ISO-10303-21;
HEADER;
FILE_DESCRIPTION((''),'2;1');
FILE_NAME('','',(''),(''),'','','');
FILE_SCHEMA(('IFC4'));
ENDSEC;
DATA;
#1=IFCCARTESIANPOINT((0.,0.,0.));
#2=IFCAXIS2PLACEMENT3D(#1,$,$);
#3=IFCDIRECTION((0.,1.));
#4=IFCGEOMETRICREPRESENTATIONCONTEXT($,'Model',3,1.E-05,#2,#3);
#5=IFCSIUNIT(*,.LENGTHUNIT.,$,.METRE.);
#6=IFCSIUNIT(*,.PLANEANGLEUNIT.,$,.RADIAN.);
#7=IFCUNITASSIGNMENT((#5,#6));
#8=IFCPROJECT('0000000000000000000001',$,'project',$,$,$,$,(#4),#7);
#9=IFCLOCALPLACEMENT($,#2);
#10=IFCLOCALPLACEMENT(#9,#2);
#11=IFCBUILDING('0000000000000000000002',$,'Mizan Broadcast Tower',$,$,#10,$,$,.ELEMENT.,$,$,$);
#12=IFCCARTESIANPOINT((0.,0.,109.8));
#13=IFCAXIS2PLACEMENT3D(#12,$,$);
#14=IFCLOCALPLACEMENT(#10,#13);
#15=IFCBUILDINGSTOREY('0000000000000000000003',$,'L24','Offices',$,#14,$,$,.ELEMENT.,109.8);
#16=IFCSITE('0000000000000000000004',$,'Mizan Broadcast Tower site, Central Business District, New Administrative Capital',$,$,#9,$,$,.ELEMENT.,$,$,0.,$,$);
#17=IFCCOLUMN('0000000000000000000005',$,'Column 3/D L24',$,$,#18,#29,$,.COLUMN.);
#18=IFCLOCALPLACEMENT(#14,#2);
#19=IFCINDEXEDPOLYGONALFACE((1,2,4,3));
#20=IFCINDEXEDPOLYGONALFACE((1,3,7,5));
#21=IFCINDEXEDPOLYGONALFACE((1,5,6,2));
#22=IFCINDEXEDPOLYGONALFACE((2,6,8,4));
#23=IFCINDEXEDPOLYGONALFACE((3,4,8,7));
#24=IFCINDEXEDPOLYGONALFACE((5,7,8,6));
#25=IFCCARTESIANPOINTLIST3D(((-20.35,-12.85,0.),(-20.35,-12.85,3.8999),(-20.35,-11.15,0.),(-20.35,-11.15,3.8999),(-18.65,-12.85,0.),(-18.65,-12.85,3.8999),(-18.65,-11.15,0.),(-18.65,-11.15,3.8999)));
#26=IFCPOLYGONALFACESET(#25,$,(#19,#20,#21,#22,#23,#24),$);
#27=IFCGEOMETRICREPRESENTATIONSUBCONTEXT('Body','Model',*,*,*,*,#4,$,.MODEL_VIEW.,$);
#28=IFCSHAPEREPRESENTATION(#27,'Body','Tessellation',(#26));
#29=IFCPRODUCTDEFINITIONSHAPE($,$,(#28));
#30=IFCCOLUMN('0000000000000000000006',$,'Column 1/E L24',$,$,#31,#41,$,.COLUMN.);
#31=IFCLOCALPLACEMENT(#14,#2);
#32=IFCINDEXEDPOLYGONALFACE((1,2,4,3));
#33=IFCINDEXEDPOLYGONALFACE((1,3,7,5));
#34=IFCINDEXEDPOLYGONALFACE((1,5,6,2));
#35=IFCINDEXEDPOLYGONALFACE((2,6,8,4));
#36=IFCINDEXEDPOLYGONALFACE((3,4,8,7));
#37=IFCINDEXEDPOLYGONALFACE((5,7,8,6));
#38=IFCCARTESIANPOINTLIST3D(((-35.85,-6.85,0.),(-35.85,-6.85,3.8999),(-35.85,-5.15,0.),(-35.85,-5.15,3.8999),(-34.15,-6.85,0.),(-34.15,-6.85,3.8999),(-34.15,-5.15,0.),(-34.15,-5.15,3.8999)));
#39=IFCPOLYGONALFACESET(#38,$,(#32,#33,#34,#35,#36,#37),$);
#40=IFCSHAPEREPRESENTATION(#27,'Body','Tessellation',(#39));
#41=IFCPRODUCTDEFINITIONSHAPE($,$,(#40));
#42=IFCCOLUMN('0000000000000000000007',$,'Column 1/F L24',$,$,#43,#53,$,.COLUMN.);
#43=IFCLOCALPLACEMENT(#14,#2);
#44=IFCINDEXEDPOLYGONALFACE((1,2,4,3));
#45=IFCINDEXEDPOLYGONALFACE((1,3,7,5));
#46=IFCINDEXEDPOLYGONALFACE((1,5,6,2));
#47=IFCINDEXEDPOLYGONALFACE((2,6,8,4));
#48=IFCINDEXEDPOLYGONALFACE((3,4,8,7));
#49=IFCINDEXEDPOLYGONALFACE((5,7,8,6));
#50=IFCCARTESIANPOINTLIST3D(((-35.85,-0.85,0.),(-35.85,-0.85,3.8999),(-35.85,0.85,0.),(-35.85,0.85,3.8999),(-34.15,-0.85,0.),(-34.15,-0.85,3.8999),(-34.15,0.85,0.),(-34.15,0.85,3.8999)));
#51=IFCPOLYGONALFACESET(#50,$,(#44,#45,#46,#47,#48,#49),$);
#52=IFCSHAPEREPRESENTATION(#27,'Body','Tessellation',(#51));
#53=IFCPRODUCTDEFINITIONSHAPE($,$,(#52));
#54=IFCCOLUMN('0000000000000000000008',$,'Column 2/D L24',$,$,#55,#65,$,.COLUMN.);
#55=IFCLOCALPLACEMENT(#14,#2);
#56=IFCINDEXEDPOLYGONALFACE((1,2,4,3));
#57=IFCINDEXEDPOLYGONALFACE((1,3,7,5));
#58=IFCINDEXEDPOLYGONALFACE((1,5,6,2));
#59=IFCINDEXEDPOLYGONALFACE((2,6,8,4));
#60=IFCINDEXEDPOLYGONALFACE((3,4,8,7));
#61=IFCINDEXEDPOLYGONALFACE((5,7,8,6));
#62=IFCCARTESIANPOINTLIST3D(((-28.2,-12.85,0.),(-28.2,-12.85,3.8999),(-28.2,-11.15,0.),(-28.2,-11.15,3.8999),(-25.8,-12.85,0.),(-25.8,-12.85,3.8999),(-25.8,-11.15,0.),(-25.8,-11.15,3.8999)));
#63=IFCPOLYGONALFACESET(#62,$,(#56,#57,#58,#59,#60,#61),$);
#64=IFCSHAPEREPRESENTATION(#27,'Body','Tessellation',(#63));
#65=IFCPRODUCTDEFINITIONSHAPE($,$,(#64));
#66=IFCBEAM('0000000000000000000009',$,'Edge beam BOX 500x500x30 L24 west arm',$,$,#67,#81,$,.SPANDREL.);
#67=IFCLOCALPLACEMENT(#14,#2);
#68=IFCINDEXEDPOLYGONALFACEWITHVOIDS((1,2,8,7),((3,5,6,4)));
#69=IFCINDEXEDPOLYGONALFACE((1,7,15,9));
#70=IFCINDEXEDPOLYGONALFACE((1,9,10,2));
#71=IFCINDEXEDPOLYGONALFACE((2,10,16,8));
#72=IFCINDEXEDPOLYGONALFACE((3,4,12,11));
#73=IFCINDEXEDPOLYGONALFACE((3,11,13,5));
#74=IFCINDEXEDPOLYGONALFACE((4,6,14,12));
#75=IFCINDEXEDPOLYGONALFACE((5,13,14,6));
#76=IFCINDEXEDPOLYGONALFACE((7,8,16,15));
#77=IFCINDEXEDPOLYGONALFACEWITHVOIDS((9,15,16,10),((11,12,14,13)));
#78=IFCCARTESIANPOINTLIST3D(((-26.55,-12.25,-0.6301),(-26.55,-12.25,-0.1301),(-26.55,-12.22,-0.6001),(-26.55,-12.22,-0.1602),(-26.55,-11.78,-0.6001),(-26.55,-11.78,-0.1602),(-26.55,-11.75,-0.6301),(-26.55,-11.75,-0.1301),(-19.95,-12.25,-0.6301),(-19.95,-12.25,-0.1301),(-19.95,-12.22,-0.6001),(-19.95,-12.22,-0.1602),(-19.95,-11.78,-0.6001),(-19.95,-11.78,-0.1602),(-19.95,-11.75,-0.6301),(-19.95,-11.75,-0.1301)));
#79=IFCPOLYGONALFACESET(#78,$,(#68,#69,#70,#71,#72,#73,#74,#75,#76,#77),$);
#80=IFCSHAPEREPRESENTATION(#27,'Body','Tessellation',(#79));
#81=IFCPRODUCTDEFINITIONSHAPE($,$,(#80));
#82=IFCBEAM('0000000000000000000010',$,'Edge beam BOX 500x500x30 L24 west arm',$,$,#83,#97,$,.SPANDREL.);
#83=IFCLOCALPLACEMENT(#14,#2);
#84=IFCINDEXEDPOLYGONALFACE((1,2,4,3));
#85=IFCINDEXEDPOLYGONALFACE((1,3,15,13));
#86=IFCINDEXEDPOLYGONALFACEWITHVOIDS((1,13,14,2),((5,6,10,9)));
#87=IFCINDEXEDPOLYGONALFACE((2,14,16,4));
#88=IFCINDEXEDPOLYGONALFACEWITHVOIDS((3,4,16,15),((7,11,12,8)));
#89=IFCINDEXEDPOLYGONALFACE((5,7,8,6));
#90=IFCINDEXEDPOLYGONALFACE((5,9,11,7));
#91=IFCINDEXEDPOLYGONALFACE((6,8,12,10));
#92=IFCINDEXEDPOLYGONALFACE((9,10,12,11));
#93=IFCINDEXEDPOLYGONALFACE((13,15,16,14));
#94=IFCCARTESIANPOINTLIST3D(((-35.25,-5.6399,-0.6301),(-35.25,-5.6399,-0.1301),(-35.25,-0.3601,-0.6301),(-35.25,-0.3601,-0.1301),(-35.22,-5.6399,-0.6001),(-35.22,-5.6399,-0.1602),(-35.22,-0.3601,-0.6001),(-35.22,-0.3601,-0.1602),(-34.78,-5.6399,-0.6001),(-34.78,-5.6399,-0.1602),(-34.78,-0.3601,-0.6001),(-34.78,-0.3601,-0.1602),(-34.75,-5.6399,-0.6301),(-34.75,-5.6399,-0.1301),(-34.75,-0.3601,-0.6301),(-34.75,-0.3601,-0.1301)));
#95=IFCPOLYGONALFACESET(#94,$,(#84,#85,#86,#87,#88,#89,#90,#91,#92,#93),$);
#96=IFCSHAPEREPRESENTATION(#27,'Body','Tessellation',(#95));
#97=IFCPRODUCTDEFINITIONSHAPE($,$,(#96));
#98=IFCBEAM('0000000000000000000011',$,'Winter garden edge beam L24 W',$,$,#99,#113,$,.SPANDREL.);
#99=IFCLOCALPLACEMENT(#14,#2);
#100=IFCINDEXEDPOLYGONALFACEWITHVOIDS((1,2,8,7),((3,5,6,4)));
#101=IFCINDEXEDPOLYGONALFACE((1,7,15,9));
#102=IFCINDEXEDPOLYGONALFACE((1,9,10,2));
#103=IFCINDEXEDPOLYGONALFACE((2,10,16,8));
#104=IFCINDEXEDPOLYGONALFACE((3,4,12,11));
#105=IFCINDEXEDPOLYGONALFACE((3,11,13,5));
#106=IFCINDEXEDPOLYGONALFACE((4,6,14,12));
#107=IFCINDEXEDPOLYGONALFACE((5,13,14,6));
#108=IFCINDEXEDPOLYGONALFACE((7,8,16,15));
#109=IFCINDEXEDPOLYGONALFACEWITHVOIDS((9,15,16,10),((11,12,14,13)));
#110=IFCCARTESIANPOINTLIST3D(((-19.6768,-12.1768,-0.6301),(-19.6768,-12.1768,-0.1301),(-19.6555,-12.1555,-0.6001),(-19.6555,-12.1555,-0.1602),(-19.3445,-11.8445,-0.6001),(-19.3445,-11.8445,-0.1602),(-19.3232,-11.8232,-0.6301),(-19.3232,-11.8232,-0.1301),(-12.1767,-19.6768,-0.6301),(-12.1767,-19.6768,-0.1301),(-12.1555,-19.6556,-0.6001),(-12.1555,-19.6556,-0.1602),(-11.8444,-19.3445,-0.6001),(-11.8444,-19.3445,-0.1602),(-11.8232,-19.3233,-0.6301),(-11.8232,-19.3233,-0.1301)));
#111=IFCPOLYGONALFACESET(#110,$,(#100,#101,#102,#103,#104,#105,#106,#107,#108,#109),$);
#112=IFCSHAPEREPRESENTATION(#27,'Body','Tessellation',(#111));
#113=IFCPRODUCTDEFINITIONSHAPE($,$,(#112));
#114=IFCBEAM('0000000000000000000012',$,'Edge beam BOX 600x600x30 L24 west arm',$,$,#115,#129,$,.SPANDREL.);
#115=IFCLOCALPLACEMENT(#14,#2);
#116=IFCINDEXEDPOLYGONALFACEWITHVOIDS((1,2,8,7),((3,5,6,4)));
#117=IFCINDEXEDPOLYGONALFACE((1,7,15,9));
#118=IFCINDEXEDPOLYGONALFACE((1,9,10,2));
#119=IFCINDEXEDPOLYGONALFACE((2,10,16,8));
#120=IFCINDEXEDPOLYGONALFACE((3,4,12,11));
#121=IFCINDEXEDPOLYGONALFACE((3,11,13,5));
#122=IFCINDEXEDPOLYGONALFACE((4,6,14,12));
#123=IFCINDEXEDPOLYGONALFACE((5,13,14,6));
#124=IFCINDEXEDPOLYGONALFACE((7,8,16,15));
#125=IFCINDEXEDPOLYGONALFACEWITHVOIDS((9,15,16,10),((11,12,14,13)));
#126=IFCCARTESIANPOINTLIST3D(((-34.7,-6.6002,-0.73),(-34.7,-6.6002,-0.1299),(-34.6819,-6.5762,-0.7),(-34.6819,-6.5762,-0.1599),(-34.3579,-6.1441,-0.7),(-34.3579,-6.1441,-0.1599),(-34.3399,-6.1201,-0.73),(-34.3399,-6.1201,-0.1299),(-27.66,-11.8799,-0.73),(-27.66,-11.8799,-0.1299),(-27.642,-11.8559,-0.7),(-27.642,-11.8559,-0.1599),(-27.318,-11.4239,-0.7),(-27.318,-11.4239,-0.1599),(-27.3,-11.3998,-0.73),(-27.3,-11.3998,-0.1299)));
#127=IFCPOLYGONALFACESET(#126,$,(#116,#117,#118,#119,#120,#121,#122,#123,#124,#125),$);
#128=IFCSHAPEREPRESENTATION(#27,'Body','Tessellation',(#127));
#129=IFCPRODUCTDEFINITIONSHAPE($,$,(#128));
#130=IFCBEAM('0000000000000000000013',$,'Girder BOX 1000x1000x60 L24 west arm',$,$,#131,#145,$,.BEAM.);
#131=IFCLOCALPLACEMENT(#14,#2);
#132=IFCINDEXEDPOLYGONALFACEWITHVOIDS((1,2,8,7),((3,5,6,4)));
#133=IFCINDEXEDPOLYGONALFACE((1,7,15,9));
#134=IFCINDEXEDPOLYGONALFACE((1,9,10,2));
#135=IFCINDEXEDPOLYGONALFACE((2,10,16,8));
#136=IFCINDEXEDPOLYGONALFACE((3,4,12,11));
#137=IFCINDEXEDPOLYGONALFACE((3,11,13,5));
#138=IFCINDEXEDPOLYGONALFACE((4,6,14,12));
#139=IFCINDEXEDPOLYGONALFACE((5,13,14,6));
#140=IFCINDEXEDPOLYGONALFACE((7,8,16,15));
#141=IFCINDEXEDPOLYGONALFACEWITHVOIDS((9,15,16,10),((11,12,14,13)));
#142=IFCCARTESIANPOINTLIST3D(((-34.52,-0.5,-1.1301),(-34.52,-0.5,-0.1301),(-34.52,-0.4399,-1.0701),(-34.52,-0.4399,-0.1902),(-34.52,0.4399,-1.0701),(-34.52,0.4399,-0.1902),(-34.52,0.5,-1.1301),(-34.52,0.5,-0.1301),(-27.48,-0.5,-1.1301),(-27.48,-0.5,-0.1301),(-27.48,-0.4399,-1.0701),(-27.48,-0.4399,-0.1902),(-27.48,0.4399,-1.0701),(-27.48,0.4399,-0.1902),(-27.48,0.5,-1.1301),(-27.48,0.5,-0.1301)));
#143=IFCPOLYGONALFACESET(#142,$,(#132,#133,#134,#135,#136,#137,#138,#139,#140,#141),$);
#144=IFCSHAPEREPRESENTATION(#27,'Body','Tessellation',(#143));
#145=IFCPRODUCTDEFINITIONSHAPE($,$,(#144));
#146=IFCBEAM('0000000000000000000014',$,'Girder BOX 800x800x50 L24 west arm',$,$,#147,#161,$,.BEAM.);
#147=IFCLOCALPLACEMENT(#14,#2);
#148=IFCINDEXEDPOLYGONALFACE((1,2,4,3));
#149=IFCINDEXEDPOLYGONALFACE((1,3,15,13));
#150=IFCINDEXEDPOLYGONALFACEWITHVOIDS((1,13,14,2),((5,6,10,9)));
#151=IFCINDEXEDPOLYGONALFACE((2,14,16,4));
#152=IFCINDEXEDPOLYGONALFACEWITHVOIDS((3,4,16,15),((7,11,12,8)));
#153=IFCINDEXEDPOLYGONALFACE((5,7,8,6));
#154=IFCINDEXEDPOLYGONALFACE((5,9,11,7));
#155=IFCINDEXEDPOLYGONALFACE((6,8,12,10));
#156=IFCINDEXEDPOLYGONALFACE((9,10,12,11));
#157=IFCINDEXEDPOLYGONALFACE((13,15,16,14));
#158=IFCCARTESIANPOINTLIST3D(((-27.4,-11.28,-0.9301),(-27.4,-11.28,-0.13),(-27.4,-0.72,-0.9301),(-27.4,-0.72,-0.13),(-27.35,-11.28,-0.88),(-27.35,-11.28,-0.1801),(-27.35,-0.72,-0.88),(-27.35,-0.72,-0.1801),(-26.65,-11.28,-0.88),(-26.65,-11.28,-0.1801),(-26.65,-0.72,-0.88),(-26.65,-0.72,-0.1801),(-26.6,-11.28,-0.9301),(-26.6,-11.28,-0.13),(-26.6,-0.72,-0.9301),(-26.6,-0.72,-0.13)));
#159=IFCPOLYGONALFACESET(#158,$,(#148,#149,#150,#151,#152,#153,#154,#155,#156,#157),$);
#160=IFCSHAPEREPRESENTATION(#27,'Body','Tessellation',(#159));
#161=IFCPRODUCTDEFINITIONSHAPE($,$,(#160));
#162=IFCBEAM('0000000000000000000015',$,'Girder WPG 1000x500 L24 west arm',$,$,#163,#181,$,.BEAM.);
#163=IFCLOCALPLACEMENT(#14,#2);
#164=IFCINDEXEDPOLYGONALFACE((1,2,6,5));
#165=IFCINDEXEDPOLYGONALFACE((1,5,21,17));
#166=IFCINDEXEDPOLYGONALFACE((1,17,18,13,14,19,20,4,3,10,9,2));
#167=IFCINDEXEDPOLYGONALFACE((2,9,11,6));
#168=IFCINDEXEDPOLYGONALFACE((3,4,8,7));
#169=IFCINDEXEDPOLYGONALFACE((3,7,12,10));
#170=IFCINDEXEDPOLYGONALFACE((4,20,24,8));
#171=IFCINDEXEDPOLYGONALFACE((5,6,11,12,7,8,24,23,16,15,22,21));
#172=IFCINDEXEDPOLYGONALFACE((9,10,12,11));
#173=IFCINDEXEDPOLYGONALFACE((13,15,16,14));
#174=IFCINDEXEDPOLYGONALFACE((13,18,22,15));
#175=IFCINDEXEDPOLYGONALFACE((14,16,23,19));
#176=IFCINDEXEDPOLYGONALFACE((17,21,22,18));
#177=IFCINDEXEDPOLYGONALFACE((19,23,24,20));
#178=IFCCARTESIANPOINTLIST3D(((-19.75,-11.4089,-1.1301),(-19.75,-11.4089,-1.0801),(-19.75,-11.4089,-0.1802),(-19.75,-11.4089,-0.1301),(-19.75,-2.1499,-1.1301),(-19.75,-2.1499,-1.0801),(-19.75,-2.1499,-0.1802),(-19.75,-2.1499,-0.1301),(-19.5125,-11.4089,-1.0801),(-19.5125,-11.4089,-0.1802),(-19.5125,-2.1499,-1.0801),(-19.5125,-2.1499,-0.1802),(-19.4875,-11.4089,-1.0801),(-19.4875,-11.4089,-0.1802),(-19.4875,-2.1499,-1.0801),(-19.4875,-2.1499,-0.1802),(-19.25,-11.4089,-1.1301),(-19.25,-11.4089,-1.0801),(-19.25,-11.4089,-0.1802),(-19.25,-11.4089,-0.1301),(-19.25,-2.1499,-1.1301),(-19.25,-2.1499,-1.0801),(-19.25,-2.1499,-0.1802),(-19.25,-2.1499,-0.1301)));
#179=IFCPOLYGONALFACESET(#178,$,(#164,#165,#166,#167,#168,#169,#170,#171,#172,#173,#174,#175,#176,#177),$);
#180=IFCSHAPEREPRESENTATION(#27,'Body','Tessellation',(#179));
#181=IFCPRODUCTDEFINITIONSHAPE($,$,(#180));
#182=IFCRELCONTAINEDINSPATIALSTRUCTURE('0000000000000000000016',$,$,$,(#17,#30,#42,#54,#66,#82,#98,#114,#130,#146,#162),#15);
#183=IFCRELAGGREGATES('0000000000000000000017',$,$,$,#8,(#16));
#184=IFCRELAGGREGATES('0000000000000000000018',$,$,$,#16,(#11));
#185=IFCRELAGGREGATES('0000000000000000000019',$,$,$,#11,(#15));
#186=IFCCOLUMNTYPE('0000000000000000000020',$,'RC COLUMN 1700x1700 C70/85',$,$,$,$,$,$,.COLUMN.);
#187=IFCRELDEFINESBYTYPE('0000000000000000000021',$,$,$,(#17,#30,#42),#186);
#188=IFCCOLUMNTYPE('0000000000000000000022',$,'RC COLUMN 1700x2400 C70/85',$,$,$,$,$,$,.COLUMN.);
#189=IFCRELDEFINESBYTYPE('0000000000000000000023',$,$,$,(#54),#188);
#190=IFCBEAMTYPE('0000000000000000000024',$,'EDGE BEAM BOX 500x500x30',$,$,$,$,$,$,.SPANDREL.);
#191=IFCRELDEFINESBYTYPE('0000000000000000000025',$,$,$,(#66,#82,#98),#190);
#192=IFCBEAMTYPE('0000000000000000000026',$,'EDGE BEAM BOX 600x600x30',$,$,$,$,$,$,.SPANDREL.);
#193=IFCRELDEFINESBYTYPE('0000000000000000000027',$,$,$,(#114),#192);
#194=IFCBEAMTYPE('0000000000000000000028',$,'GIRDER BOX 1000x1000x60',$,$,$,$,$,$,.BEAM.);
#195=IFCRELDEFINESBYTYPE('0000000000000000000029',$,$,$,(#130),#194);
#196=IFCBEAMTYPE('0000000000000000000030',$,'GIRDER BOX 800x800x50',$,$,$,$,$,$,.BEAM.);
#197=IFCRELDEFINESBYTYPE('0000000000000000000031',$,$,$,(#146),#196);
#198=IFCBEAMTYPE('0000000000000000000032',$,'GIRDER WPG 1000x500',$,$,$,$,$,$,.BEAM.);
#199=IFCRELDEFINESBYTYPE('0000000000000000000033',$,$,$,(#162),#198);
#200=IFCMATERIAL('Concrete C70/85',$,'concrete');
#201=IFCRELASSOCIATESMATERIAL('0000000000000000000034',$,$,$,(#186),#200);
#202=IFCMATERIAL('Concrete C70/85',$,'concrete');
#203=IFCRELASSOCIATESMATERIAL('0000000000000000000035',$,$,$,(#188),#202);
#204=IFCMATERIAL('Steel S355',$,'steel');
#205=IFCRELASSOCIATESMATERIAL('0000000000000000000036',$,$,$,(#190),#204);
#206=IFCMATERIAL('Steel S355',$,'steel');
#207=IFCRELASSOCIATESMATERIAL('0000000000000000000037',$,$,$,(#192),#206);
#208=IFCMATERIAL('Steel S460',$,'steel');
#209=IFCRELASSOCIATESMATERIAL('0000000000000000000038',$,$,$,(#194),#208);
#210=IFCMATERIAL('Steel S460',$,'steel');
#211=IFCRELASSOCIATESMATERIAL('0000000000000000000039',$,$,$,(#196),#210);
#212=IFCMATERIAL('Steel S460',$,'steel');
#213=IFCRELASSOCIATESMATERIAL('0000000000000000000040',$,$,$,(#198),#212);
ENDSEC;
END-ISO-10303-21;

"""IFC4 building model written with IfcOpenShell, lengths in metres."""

from ifc_helpers import new_model, si_unit, direction, frame, origin, origin_2d, place, context, subcontext, project, spatial, rectangle, hollow_rectangle, i_section, extrude, material, material_profile, profile_set, type_object, element, save


model = new_model("IFC4")

# Units and contexts
model_context = context("Model", 3, precision=1e-05, world=origin(), true_north=direction((0.0, 1.0)))
body_context = subcontext(model_context, "Body", "Model", "MODEL_VIEW")
ifc_project = project(units=[si_unit("LENGTHUNIT", "METRE"), si_unit("PLANEANGLEUNIT", "RADIAN")], contexts=[model_context])

# Site, building, storey
site_placement = place(None, origin())
site = spatial("IfcSite", under=ifc_project, at=site_placement, Name="Mizan Broadcast Tower site, Central Business District, New Administrative Capital", CompositionType="ELEMENT", RefElevation=0.0)
building_placement = place(site_placement, origin())
building = spatial("IfcBuilding", under=site, at=building_placement, Name="Mizan Broadcast Tower", CompositionType="ELEMENT")
storey_placement = place(building_placement, frame((0.0, 0.0, 109.8)))
storey = spatial("IfcBuildingStorey", under=building, at=storey_placement, Name="L24", Description="Offices", CompositionType="ELEMENT", Elevation=109.8)

# Columns
ifc_material_1 = material(Name="Concrete C70/85", Category="concrete")
ifc_material_profile_1 = material_profile(ifc_material_1, rectangle(XDim=1.7, YDim=1.7, at=origin_2d()), Name="RC 1700x1700")
ifc_profile_set_1 = profile_set([ifc_material_profile_1], Name="Concrete C70/85")
column_type_1 = type_object("IfcColumnType", Name="RC COLUMN 1700x1700 C70/85", PredefinedType="COLUMN", material=ifc_profile_set_1)
for number, where, z_axis, x_axis, name in (
    (1, (-19.5, -12.0, 0.0), (0.0, 0.0, 1.0), (1.0, 0.0, 0.0), "Column 3/D L24"),
    (2, (-35.0, -6.0, 0.0), (0.0, 0.0, 1.0), (1.0, 0.0, 0.0), "Column 1/E L24"),
    (3, (-35.0, 0.0, 0.0), (0.0, 0.0, 1.0), (1.0, 0.0, 0.0), "Column 1/F L24"),
):
    element("IfcColumn", number, at=place(storey_placement, frame(where, z_axis=z_axis, x_axis=x_axis)), inside=storey, type_object=column_type_1, Name=name, PredefinedType="COLUMN", context=body_context, shape_type="SweptSolid", body=[
        extrude(rectangle(XDim=1.7, YDim=1.7, at=origin_2d()), origin(), (0.0, 0.0, 1.0), 3.8999),
    ])
ifc_material_2 = material(Name="Concrete C70/85", Category="concrete")
ifc_material_profile_2 = material_profile(ifc_material_2, rectangle(XDim=1.7, YDim=2.3999, at=origin_2d()), Name="RC 1700x2400")
ifc_profile_set_2 = profile_set([ifc_material_profile_2], Name="Concrete C70/85")
column_type_2 = type_object("IfcColumnType", Name="RC COLUMN 1700x2400 C70/85", PredefinedType="COLUMN", material=ifc_profile_set_2)
column_placement = place(storey_placement, frame((-27.0, -12.0, 0.0), z_axis=(0.0, 0.0, 1.0), x_axis=(0.0, 1.0, 0.0)))
element("IfcColumn", 4, at=column_placement, inside=storey, type_object=column_type_2, Name="Column 2/D L24", PredefinedType="COLUMN", context=body_context, shape_type="SweptSolid", body=[
    extrude(rectangle(XDim=1.7, YDim=2.3999, at=origin_2d()), origin(), (0.0, 0.0, 1.0), 3.8999),
])

# Beams
ifc_material_3 = material(Name="Steel S355", Category="steel")
ifc_material_profile_3 = material_profile(ifc_material_3, hollow_rectangle(XDim=0.5, YDim=0.5, WallThickness=0.03, at=origin_2d()), Name="BOX 500x500x30")
ifc_profile_set_3 = profile_set([ifc_material_profile_3], Name="Steel S355")
beam_type_1 = type_object("IfcBeamType", Name="EDGE BEAM BOX 500x500x30", PredefinedType="SPANDREL", material=ifc_profile_set_3)
beam_1_placement = place(storey_placement, frame((-19.95, -12.0, -0.3801), z_axis=(-1.0, 0.0, 0.0), x_axis=(0.0, -1.0, 0.0)))
element("IfcBeam", 5, at=beam_1_placement, inside=storey, type_object=beam_type_1, Name="Edge beam BOX 500x500x30 L24 west arm", PredefinedType="SPANDREL", context=body_context, shape_type="SweptSolid", body=[
    extrude(hollow_rectangle(XDim=0.5, YDim=0.5, WallThickness=0.03, at=origin_2d()), origin(), (0.0, 0.0, 1.0), 6.6001),
])
beam_2_placement = place(storey_placement, frame((-35.0, -5.6399, -0.3801), z_axis=(0.0, 1.0, 0.0), x_axis=(-1.0, 0.0, 0.0)))
element("IfcBeam", 6, at=beam_2_placement, inside=storey, type_object=beam_type_1, Name="Edge beam BOX 500x500x30 L24 west arm", PredefinedType="SPANDREL", context=body_context, shape_type="SweptSolid", body=[
    extrude(hollow_rectangle(XDim=0.5, YDim=0.5, WallThickness=0.03, at=origin_2d()), origin(), (0.0, 0.0, 1.0), 5.2798),
])
beam_3_placement = place(storey_placement, frame((-19.5, -12.0, -0.3801), z_axis=(0.707107, -0.707107, 0.0), x_axis=(0.707107, 0.707107, 0.0)))
element("IfcBeam", 7, at=beam_3_placement, inside=storey, type_object=beam_type_1, Name="Winter garden edge beam L24 W", PredefinedType="SPANDREL", context=body_context, shape_type="SweptSolid", body=[
    extrude(hollow_rectangle(XDim=0.5, YDim=0.5, WallThickness=0.03, at=origin_2d()), origin(), (0.0, 0.0, 1.0), 10.6067),
])
ifc_material_4 = material(Name="Steel S355", Category="steel")
ifc_material_profile_4 = material_profile(ifc_material_4, hollow_rectangle(XDim=0.6001, YDim=0.6001, WallThickness=0.03, at=origin_2d()), Name="BOX 600x600x30")
ifc_profile_set_4 = profile_set([ifc_material_profile_4], Name="Steel S355")
beam_type_2 = type_object("IfcBeamType", Name="EDGE BEAM BOX 600x600x30", PredefinedType="SPANDREL", material=ifc_profile_set_4)
beam_4_placement = place(storey_placement, frame((-27.48, -11.6399, -0.4299), z_axis=(-0.800013, 0.599982, 0.0), x_axis=(-0.599982, -0.800013, 0.0)))
element("IfcBeam", 8, at=beam_4_placement, inside=storey, type_object=beam_type_2, Name="Edge beam BOX 600x600x30 L24 west arm", PredefinedType="SPANDREL", context=body_context, shape_type="SweptSolid", body=[
    extrude(hollow_rectangle(XDim=0.6001, YDim=0.6001, WallThickness=0.03, at=origin_2d()), origin(), (0.0, 0.0, 1.0), 8.7998),
])
ifc_material_5 = material(Name="Steel S460", Category="steel")
ifc_material_profile_5 = material_profile(ifc_material_5, hollow_rectangle(XDim=1.0, YDim=1.0, WallThickness=0.0601, at=origin_2d()), Name="BOX 1000x1000x60")
ifc_profile_set_5 = profile_set([ifc_material_profile_5], Name="Steel S460")
beam_type_3 = type_object("IfcBeamType", Name="GIRDER BOX 1000x1000x60", PredefinedType="BEAM", material=ifc_profile_set_5)
beam_5_placement = place(storey_placement, frame((-27.48, 0.0, -0.6301), z_axis=(-1.0, 0.0, 0.0), x_axis=(0.0, -1.0, 0.0)))
element("IfcBeam", 9, at=beam_5_placement, inside=storey, type_object=beam_type_3, Name="Girder BOX 1000x1000x60 L24 west arm", PredefinedType="BEAM", context=body_context, shape_type="SweptSolid", body=[
    extrude(hollow_rectangle(XDim=1.0, YDim=1.0, WallThickness=0.0601, at=origin_2d()), origin(), (0.0, 0.0, 1.0), 7.04),
])
ifc_material_6 = material(Name="Steel S460", Category="steel")
ifc_material_profile_6 = material_profile(ifc_material_6, hollow_rectangle(XDim=0.8, YDim=0.8, WallThickness=0.05, at=origin_2d()), Name="BOX 800x800x50")
ifc_profile_set_6 = profile_set([ifc_material_profile_6], Name="Steel S460")
beam_type_4 = type_object("IfcBeamType", Name="GIRDER BOX 800x800x50", PredefinedType="BEAM", material=ifc_profile_set_6)
beam_6_placement = place(storey_placement, frame((-27.0, -11.28, -0.53), z_axis=(0.0, 1.0, 0.0), x_axis=(-1.0, 0.0, 0.0)))
element("IfcBeam", 10, at=beam_6_placement, inside=storey, type_object=beam_type_4, Name="Girder BOX 800x800x50 L24 west arm", PredefinedType="BEAM", context=body_context, shape_type="SweptSolid", body=[
    extrude(hollow_rectangle(XDim=0.8, YDim=0.8, WallThickness=0.05, at=origin_2d()), origin(), (0.0, 0.0, 1.0), 10.5601),
])
ifc_material_7 = material(Name="Steel S460", Category="steel")
ifc_material_profile_7 = material_profile(ifc_material_7, i_section(OverallWidth=0.5, OverallDepth=1.0, WebThickness=0.0249, FlangeThickness=0.05, at=origin_2d()), Name="WPG 1000x500")
ifc_profile_set_7 = profile_set([ifc_material_profile_7], Name="Steel S460")
beam_type_5 = type_object("IfcBeamType", Name="GIRDER WPG 1000x500", PredefinedType="BEAM", material=ifc_profile_set_7)
beam_7_placement = place(storey_placement, frame((-19.5, -11.4089, -0.6301), z_axis=(0.0, 1.0, 0.0), x_axis=(-1.0, 0.0, 0.0)))
element("IfcBeam", 11, at=beam_7_placement, inside=storey, type_object=beam_type_5, Name="Girder WPG 1000x500 L24 west arm", PredefinedType="BEAM", context=body_context, shape_type="SweptSolid", body=[
    extrude(i_section(OverallWidth=0.5, OverallDepth=1.0, WebThickness=0.0249, FlangeThickness=0.05, at=origin_2d()), origin(), (0.0, 0.0, 1.0), 9.259),
])

save(model, "model.ifc")
